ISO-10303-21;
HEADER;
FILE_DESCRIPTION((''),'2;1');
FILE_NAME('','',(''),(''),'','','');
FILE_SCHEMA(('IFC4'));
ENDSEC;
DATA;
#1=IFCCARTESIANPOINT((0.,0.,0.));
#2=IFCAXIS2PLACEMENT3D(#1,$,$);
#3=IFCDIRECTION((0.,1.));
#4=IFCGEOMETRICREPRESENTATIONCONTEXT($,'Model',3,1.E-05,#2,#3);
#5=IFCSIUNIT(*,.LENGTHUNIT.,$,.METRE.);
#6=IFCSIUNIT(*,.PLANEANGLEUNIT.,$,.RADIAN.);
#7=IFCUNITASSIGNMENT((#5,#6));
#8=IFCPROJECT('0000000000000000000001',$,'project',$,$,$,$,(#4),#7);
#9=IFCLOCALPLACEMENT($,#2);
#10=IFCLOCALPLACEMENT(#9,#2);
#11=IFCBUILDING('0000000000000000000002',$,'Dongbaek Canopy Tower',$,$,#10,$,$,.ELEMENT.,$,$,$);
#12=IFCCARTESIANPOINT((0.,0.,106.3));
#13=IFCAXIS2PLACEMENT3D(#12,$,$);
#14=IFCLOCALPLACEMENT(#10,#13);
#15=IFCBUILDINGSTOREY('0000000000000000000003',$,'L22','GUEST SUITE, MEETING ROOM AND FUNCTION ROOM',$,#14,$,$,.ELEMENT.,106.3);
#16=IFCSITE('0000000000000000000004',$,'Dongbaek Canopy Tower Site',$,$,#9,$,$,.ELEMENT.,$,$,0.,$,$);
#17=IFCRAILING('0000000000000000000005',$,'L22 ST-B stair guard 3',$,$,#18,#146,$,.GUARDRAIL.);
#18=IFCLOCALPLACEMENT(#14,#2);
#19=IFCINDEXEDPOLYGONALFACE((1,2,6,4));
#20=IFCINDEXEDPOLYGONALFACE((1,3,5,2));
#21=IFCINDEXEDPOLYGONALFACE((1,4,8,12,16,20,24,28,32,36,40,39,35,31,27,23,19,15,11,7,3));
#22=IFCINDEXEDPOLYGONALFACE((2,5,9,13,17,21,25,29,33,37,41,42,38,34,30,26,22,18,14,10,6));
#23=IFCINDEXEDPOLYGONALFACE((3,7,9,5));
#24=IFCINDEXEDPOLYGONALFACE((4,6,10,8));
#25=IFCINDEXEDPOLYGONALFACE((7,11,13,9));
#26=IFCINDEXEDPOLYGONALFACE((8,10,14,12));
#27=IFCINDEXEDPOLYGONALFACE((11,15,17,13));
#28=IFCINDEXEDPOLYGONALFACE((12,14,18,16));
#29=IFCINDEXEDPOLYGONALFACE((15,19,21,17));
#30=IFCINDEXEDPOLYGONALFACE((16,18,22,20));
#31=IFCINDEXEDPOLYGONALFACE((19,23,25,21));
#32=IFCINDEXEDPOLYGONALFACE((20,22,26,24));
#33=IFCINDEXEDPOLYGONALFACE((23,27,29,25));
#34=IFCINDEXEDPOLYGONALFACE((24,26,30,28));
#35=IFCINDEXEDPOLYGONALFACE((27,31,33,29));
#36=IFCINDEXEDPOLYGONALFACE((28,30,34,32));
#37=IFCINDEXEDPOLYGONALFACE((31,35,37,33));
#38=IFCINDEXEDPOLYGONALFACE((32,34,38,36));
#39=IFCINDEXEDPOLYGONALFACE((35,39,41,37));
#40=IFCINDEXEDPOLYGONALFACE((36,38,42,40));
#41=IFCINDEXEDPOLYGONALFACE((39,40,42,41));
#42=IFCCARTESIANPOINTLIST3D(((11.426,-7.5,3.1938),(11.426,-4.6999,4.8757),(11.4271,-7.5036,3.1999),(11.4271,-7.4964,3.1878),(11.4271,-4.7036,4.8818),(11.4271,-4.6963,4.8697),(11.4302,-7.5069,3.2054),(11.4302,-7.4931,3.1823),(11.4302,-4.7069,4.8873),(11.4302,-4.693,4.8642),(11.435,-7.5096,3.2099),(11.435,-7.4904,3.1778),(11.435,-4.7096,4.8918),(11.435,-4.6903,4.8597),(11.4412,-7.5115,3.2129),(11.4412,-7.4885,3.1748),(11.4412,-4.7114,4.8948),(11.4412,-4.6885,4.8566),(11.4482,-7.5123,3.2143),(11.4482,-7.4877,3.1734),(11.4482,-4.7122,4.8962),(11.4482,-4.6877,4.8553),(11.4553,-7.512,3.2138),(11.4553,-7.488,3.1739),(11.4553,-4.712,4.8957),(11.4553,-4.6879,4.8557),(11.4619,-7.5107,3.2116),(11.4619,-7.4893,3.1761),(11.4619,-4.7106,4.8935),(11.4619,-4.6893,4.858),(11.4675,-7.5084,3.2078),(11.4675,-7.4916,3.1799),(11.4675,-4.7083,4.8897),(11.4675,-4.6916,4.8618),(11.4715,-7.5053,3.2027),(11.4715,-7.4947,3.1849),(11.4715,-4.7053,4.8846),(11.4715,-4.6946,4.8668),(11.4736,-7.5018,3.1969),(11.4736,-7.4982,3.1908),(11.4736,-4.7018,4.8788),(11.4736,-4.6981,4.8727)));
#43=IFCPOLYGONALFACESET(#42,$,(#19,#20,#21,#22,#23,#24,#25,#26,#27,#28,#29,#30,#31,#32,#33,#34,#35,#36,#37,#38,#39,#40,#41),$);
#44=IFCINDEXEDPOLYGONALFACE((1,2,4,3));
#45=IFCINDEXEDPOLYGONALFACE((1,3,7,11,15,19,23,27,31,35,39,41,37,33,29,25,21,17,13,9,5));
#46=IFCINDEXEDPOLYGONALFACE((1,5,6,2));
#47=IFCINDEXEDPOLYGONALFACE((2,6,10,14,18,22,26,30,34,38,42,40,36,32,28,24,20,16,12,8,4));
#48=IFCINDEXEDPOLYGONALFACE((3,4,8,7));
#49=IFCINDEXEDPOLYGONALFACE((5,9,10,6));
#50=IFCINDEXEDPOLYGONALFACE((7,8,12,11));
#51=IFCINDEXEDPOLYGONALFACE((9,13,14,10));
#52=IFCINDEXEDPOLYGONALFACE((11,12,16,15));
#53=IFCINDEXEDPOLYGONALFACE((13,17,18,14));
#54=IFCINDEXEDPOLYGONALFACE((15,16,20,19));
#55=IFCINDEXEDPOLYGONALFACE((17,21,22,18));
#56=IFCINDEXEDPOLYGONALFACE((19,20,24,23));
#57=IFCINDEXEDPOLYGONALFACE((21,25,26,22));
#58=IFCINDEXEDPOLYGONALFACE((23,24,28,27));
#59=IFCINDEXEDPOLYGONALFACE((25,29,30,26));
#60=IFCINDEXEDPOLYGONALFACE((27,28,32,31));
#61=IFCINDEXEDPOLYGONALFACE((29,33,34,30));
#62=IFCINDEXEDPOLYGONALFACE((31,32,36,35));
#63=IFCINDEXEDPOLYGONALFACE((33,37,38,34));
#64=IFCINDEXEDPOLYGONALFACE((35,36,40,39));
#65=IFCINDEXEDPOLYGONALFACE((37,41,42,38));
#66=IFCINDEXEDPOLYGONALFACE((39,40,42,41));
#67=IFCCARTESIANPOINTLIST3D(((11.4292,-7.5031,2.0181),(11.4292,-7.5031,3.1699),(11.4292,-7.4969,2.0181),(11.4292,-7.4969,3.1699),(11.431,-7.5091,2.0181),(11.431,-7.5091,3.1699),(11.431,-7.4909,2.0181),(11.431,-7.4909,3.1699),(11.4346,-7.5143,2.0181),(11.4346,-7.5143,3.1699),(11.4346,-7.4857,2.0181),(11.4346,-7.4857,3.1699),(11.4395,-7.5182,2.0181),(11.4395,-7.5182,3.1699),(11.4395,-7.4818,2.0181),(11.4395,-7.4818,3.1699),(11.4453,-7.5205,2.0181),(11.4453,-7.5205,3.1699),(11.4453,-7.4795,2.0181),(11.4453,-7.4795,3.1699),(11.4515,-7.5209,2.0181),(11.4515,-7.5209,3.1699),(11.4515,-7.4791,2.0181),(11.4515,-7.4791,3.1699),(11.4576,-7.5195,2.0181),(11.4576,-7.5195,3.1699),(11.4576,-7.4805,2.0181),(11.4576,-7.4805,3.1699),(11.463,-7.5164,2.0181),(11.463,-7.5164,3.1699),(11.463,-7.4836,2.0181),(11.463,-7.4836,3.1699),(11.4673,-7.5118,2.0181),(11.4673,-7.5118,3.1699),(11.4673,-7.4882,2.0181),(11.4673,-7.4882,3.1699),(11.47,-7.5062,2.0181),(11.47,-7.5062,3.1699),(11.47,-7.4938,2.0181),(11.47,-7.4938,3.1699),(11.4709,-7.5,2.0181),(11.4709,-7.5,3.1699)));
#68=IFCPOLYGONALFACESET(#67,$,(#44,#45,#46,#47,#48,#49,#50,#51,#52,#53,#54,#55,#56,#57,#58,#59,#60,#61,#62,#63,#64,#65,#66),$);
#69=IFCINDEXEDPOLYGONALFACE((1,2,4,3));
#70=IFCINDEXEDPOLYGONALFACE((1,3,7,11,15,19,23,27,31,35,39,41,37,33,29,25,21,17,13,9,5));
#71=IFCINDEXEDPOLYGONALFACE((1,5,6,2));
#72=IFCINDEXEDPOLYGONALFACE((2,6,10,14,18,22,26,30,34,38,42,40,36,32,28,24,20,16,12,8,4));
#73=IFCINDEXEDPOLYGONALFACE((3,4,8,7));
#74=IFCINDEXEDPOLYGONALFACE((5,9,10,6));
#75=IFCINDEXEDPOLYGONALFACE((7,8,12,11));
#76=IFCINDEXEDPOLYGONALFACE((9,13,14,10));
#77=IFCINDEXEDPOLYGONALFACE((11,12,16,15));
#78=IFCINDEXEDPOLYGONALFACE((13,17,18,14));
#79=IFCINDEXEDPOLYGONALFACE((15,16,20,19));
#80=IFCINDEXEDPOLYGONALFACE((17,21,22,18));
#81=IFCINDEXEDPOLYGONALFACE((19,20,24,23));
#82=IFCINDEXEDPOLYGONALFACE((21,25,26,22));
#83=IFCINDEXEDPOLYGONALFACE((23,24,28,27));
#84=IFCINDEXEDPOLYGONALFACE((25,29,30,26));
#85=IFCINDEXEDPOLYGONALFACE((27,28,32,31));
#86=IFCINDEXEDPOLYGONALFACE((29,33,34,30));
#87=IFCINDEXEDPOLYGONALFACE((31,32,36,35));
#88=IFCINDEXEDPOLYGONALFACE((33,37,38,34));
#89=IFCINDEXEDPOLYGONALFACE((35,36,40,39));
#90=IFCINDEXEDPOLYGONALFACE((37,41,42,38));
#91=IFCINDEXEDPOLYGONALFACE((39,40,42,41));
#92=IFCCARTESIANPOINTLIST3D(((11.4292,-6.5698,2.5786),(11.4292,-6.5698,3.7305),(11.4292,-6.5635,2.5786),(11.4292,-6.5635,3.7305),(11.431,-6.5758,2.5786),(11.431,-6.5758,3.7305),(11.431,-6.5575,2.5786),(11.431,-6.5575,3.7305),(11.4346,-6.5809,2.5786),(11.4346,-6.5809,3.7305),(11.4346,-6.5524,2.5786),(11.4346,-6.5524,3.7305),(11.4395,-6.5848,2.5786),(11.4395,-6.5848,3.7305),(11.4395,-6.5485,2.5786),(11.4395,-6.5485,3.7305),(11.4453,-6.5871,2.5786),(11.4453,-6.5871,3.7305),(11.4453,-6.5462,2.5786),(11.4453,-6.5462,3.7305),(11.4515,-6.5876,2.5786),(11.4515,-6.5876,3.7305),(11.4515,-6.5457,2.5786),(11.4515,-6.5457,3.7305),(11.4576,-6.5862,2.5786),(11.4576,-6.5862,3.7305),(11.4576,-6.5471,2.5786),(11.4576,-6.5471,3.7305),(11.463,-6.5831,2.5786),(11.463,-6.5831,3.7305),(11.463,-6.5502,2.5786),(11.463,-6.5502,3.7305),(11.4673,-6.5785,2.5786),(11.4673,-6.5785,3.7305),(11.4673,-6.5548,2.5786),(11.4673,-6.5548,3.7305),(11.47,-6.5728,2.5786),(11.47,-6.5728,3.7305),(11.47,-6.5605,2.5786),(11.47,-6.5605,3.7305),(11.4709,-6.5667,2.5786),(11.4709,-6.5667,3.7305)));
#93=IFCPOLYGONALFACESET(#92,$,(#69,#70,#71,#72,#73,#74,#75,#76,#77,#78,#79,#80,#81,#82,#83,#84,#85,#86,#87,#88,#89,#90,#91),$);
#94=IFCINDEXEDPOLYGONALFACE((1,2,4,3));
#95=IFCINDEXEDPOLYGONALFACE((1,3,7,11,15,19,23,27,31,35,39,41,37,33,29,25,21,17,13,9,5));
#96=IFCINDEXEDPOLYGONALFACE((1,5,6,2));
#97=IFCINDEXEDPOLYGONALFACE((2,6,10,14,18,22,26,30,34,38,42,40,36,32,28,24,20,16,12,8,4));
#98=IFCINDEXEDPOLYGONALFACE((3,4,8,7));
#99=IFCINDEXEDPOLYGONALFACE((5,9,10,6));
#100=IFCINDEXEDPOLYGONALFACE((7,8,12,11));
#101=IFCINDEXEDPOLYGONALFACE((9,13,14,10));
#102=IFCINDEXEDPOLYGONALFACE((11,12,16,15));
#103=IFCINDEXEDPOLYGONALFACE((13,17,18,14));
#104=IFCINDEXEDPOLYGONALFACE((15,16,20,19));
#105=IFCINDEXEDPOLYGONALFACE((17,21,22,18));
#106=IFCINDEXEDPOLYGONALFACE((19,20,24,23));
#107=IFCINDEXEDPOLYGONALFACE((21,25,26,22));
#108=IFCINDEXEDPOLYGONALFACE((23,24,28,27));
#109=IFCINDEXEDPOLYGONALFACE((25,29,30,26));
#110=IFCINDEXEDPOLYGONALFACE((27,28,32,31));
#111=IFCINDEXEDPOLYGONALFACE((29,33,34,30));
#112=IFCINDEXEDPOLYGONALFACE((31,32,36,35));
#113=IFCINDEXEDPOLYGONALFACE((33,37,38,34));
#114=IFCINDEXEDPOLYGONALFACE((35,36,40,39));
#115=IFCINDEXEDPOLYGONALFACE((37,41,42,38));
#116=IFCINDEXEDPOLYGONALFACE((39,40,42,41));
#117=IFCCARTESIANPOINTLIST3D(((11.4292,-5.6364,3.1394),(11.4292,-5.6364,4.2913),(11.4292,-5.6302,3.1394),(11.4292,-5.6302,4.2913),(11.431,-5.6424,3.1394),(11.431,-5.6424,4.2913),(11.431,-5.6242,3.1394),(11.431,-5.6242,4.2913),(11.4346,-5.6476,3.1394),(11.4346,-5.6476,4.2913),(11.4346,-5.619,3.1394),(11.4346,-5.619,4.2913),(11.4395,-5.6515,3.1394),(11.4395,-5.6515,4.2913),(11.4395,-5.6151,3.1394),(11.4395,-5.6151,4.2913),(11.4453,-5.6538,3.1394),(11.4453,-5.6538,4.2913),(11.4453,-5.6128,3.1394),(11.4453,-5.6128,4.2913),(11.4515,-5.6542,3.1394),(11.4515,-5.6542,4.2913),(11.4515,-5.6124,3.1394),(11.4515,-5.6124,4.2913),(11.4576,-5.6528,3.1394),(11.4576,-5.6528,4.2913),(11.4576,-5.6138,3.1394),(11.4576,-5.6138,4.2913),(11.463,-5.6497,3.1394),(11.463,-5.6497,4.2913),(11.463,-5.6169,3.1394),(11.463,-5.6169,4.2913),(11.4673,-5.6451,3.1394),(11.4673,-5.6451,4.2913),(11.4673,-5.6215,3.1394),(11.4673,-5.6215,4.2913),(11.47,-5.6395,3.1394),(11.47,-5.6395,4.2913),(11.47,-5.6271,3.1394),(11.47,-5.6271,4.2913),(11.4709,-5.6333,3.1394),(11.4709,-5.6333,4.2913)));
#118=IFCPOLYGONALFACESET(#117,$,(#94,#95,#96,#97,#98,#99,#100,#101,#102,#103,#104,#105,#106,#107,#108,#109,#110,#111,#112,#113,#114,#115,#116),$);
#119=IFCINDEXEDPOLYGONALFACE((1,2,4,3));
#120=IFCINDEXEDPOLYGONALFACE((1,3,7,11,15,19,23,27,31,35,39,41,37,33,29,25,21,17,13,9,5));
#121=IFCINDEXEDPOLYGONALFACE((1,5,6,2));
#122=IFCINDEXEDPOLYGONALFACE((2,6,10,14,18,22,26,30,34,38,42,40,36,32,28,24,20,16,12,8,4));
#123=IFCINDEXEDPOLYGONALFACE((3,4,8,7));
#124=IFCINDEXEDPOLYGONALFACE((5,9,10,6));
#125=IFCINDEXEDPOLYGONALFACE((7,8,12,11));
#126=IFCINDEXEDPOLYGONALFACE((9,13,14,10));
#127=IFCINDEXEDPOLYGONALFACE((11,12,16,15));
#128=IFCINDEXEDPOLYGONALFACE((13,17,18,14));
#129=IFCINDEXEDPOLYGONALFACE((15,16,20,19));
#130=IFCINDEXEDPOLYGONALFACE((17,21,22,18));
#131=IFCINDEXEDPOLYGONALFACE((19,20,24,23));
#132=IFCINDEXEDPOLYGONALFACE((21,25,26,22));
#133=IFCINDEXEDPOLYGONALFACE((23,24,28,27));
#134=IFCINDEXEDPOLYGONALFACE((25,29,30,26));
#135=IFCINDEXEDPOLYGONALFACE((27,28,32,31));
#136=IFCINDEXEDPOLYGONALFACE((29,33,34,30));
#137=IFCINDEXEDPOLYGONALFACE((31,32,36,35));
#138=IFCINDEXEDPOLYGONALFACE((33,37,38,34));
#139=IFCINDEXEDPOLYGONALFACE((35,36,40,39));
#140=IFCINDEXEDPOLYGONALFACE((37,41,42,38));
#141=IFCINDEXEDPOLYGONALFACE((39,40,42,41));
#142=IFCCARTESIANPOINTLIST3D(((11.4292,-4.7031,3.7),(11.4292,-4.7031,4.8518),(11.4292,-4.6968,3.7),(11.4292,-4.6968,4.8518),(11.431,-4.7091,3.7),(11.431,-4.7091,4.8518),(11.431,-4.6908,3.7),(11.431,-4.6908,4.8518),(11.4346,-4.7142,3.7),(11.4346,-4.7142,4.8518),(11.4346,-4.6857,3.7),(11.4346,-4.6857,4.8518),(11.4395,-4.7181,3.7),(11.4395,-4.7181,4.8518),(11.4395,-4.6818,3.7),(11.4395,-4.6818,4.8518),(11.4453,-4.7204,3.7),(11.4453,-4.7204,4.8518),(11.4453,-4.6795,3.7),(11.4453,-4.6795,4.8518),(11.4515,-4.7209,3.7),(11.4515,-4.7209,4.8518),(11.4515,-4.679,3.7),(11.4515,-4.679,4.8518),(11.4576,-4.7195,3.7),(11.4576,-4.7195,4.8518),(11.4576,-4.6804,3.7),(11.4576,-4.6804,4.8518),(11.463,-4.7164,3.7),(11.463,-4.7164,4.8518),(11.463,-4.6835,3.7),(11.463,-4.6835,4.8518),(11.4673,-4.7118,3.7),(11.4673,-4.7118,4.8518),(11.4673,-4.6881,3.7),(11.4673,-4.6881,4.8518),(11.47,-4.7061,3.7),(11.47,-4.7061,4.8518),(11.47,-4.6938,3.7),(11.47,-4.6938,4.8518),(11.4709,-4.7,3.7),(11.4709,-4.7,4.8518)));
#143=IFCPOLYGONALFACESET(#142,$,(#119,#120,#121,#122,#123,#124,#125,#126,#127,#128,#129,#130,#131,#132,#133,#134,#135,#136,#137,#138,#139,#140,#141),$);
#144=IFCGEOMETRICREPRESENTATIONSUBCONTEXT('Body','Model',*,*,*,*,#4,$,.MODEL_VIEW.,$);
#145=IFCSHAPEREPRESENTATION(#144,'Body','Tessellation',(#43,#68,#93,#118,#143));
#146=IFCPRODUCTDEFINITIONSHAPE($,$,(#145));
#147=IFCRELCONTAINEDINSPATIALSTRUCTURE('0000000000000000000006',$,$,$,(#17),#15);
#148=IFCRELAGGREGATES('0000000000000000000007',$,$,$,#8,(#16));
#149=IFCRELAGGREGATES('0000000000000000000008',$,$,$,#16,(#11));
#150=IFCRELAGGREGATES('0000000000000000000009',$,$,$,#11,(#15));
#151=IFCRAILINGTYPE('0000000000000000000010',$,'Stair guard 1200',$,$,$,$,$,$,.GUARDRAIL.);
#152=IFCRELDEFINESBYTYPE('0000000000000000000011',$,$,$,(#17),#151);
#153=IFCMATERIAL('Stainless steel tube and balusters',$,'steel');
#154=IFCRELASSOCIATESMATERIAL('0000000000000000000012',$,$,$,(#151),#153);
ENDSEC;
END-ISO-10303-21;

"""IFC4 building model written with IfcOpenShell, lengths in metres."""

from ifc_helpers import new_model, si_unit, direction, frame, origin, origin_2d, place, context, subcontext, project, spatial, circle, extrude, material, type_object, element, save


model = new_model("IFC4")

# Units and contexts
model_context = context("Model", 3, precision=1e-05, world=origin(), true_north=direction((0.0, 1.0)))
body_context = subcontext(model_context, "Body", "Model", "MODEL_VIEW")
ifc_project = project(units=[si_unit("LENGTHUNIT", "METRE"), si_unit("PLANEANGLEUNIT", "RADIAN")], contexts=[model_context])

# Site, building, storey
site_placement = place(None, origin())
site = spatial("IfcSite", under=ifc_project, at=site_placement, Name="Dongbaek Canopy Tower Site", CompositionType="ELEMENT", RefElevation=0.0)
building_placement = place(site_placement, origin())
building = spatial("IfcBuilding", under=site, at=building_placement, Name="Dongbaek Canopy Tower", CompositionType="ELEMENT")
storey_placement = place(building_placement, frame((0.0, 0.0, 106.3)))
storey = spatial("IfcBuildingStorey", under=building, at=storey_placement, Name="L22", Description="GUEST SUITE, MEETING ROOM AND FUNCTION ROOM", CompositionType="ELEMENT", Elevation=106.3)

# Railing
ifc_material_1 = material(Name="Stainless steel tube and balusters", Category="steel")
railing_type_1 = type_object("IfcRailingType", Name="Stair guard 1200", PredefinedType="GUARDRAIL", material=ifc_material_1)
railing_1_placement = place(storey_placement, frame((11.45, -7.5, 2.0181)))
element("IfcRailing", 1, at=railing_1_placement, inside=storey, type_object=railing_type_1, Name="L22 ST-B stair guard 3", PredefinedType="GUARDRAIL", context=body_context, shape_type="SweptSolid", body=[
    extrude(circle(Radius=0.0239, at=origin_2d()), frame((0.0, 0.0, 1.1758), z_axis=(0.0, 0.857242, 0.514913), x_axis=(-1.0, 0.0, 0.0)), (0.0, 0.0, 1.0), 3.2664),
    extrude(circle(Radius=0.021, at=origin_2d()), origin(), (0.0, 0.0, 1.0), 1.1519),
    extrude(circle(Radius=0.021, at=origin_2d()), frame((0.0, 0.9333, 0.5605)), (0.0, 0.0, 1.0), 1.1519),
    extrude(circle(Radius=0.021, at=origin_2d()), frame((0.0, 1.8667, 1.1213)), (0.0, 0.0, 1.0), 1.1519),
    extrude(circle(Radius=0.021, at=origin_2d()), frame((0.0, 2.8, 1.6819)), (0.0, 0.0, 1.0), 1.1519),
])

save(model, "model.ifc")
